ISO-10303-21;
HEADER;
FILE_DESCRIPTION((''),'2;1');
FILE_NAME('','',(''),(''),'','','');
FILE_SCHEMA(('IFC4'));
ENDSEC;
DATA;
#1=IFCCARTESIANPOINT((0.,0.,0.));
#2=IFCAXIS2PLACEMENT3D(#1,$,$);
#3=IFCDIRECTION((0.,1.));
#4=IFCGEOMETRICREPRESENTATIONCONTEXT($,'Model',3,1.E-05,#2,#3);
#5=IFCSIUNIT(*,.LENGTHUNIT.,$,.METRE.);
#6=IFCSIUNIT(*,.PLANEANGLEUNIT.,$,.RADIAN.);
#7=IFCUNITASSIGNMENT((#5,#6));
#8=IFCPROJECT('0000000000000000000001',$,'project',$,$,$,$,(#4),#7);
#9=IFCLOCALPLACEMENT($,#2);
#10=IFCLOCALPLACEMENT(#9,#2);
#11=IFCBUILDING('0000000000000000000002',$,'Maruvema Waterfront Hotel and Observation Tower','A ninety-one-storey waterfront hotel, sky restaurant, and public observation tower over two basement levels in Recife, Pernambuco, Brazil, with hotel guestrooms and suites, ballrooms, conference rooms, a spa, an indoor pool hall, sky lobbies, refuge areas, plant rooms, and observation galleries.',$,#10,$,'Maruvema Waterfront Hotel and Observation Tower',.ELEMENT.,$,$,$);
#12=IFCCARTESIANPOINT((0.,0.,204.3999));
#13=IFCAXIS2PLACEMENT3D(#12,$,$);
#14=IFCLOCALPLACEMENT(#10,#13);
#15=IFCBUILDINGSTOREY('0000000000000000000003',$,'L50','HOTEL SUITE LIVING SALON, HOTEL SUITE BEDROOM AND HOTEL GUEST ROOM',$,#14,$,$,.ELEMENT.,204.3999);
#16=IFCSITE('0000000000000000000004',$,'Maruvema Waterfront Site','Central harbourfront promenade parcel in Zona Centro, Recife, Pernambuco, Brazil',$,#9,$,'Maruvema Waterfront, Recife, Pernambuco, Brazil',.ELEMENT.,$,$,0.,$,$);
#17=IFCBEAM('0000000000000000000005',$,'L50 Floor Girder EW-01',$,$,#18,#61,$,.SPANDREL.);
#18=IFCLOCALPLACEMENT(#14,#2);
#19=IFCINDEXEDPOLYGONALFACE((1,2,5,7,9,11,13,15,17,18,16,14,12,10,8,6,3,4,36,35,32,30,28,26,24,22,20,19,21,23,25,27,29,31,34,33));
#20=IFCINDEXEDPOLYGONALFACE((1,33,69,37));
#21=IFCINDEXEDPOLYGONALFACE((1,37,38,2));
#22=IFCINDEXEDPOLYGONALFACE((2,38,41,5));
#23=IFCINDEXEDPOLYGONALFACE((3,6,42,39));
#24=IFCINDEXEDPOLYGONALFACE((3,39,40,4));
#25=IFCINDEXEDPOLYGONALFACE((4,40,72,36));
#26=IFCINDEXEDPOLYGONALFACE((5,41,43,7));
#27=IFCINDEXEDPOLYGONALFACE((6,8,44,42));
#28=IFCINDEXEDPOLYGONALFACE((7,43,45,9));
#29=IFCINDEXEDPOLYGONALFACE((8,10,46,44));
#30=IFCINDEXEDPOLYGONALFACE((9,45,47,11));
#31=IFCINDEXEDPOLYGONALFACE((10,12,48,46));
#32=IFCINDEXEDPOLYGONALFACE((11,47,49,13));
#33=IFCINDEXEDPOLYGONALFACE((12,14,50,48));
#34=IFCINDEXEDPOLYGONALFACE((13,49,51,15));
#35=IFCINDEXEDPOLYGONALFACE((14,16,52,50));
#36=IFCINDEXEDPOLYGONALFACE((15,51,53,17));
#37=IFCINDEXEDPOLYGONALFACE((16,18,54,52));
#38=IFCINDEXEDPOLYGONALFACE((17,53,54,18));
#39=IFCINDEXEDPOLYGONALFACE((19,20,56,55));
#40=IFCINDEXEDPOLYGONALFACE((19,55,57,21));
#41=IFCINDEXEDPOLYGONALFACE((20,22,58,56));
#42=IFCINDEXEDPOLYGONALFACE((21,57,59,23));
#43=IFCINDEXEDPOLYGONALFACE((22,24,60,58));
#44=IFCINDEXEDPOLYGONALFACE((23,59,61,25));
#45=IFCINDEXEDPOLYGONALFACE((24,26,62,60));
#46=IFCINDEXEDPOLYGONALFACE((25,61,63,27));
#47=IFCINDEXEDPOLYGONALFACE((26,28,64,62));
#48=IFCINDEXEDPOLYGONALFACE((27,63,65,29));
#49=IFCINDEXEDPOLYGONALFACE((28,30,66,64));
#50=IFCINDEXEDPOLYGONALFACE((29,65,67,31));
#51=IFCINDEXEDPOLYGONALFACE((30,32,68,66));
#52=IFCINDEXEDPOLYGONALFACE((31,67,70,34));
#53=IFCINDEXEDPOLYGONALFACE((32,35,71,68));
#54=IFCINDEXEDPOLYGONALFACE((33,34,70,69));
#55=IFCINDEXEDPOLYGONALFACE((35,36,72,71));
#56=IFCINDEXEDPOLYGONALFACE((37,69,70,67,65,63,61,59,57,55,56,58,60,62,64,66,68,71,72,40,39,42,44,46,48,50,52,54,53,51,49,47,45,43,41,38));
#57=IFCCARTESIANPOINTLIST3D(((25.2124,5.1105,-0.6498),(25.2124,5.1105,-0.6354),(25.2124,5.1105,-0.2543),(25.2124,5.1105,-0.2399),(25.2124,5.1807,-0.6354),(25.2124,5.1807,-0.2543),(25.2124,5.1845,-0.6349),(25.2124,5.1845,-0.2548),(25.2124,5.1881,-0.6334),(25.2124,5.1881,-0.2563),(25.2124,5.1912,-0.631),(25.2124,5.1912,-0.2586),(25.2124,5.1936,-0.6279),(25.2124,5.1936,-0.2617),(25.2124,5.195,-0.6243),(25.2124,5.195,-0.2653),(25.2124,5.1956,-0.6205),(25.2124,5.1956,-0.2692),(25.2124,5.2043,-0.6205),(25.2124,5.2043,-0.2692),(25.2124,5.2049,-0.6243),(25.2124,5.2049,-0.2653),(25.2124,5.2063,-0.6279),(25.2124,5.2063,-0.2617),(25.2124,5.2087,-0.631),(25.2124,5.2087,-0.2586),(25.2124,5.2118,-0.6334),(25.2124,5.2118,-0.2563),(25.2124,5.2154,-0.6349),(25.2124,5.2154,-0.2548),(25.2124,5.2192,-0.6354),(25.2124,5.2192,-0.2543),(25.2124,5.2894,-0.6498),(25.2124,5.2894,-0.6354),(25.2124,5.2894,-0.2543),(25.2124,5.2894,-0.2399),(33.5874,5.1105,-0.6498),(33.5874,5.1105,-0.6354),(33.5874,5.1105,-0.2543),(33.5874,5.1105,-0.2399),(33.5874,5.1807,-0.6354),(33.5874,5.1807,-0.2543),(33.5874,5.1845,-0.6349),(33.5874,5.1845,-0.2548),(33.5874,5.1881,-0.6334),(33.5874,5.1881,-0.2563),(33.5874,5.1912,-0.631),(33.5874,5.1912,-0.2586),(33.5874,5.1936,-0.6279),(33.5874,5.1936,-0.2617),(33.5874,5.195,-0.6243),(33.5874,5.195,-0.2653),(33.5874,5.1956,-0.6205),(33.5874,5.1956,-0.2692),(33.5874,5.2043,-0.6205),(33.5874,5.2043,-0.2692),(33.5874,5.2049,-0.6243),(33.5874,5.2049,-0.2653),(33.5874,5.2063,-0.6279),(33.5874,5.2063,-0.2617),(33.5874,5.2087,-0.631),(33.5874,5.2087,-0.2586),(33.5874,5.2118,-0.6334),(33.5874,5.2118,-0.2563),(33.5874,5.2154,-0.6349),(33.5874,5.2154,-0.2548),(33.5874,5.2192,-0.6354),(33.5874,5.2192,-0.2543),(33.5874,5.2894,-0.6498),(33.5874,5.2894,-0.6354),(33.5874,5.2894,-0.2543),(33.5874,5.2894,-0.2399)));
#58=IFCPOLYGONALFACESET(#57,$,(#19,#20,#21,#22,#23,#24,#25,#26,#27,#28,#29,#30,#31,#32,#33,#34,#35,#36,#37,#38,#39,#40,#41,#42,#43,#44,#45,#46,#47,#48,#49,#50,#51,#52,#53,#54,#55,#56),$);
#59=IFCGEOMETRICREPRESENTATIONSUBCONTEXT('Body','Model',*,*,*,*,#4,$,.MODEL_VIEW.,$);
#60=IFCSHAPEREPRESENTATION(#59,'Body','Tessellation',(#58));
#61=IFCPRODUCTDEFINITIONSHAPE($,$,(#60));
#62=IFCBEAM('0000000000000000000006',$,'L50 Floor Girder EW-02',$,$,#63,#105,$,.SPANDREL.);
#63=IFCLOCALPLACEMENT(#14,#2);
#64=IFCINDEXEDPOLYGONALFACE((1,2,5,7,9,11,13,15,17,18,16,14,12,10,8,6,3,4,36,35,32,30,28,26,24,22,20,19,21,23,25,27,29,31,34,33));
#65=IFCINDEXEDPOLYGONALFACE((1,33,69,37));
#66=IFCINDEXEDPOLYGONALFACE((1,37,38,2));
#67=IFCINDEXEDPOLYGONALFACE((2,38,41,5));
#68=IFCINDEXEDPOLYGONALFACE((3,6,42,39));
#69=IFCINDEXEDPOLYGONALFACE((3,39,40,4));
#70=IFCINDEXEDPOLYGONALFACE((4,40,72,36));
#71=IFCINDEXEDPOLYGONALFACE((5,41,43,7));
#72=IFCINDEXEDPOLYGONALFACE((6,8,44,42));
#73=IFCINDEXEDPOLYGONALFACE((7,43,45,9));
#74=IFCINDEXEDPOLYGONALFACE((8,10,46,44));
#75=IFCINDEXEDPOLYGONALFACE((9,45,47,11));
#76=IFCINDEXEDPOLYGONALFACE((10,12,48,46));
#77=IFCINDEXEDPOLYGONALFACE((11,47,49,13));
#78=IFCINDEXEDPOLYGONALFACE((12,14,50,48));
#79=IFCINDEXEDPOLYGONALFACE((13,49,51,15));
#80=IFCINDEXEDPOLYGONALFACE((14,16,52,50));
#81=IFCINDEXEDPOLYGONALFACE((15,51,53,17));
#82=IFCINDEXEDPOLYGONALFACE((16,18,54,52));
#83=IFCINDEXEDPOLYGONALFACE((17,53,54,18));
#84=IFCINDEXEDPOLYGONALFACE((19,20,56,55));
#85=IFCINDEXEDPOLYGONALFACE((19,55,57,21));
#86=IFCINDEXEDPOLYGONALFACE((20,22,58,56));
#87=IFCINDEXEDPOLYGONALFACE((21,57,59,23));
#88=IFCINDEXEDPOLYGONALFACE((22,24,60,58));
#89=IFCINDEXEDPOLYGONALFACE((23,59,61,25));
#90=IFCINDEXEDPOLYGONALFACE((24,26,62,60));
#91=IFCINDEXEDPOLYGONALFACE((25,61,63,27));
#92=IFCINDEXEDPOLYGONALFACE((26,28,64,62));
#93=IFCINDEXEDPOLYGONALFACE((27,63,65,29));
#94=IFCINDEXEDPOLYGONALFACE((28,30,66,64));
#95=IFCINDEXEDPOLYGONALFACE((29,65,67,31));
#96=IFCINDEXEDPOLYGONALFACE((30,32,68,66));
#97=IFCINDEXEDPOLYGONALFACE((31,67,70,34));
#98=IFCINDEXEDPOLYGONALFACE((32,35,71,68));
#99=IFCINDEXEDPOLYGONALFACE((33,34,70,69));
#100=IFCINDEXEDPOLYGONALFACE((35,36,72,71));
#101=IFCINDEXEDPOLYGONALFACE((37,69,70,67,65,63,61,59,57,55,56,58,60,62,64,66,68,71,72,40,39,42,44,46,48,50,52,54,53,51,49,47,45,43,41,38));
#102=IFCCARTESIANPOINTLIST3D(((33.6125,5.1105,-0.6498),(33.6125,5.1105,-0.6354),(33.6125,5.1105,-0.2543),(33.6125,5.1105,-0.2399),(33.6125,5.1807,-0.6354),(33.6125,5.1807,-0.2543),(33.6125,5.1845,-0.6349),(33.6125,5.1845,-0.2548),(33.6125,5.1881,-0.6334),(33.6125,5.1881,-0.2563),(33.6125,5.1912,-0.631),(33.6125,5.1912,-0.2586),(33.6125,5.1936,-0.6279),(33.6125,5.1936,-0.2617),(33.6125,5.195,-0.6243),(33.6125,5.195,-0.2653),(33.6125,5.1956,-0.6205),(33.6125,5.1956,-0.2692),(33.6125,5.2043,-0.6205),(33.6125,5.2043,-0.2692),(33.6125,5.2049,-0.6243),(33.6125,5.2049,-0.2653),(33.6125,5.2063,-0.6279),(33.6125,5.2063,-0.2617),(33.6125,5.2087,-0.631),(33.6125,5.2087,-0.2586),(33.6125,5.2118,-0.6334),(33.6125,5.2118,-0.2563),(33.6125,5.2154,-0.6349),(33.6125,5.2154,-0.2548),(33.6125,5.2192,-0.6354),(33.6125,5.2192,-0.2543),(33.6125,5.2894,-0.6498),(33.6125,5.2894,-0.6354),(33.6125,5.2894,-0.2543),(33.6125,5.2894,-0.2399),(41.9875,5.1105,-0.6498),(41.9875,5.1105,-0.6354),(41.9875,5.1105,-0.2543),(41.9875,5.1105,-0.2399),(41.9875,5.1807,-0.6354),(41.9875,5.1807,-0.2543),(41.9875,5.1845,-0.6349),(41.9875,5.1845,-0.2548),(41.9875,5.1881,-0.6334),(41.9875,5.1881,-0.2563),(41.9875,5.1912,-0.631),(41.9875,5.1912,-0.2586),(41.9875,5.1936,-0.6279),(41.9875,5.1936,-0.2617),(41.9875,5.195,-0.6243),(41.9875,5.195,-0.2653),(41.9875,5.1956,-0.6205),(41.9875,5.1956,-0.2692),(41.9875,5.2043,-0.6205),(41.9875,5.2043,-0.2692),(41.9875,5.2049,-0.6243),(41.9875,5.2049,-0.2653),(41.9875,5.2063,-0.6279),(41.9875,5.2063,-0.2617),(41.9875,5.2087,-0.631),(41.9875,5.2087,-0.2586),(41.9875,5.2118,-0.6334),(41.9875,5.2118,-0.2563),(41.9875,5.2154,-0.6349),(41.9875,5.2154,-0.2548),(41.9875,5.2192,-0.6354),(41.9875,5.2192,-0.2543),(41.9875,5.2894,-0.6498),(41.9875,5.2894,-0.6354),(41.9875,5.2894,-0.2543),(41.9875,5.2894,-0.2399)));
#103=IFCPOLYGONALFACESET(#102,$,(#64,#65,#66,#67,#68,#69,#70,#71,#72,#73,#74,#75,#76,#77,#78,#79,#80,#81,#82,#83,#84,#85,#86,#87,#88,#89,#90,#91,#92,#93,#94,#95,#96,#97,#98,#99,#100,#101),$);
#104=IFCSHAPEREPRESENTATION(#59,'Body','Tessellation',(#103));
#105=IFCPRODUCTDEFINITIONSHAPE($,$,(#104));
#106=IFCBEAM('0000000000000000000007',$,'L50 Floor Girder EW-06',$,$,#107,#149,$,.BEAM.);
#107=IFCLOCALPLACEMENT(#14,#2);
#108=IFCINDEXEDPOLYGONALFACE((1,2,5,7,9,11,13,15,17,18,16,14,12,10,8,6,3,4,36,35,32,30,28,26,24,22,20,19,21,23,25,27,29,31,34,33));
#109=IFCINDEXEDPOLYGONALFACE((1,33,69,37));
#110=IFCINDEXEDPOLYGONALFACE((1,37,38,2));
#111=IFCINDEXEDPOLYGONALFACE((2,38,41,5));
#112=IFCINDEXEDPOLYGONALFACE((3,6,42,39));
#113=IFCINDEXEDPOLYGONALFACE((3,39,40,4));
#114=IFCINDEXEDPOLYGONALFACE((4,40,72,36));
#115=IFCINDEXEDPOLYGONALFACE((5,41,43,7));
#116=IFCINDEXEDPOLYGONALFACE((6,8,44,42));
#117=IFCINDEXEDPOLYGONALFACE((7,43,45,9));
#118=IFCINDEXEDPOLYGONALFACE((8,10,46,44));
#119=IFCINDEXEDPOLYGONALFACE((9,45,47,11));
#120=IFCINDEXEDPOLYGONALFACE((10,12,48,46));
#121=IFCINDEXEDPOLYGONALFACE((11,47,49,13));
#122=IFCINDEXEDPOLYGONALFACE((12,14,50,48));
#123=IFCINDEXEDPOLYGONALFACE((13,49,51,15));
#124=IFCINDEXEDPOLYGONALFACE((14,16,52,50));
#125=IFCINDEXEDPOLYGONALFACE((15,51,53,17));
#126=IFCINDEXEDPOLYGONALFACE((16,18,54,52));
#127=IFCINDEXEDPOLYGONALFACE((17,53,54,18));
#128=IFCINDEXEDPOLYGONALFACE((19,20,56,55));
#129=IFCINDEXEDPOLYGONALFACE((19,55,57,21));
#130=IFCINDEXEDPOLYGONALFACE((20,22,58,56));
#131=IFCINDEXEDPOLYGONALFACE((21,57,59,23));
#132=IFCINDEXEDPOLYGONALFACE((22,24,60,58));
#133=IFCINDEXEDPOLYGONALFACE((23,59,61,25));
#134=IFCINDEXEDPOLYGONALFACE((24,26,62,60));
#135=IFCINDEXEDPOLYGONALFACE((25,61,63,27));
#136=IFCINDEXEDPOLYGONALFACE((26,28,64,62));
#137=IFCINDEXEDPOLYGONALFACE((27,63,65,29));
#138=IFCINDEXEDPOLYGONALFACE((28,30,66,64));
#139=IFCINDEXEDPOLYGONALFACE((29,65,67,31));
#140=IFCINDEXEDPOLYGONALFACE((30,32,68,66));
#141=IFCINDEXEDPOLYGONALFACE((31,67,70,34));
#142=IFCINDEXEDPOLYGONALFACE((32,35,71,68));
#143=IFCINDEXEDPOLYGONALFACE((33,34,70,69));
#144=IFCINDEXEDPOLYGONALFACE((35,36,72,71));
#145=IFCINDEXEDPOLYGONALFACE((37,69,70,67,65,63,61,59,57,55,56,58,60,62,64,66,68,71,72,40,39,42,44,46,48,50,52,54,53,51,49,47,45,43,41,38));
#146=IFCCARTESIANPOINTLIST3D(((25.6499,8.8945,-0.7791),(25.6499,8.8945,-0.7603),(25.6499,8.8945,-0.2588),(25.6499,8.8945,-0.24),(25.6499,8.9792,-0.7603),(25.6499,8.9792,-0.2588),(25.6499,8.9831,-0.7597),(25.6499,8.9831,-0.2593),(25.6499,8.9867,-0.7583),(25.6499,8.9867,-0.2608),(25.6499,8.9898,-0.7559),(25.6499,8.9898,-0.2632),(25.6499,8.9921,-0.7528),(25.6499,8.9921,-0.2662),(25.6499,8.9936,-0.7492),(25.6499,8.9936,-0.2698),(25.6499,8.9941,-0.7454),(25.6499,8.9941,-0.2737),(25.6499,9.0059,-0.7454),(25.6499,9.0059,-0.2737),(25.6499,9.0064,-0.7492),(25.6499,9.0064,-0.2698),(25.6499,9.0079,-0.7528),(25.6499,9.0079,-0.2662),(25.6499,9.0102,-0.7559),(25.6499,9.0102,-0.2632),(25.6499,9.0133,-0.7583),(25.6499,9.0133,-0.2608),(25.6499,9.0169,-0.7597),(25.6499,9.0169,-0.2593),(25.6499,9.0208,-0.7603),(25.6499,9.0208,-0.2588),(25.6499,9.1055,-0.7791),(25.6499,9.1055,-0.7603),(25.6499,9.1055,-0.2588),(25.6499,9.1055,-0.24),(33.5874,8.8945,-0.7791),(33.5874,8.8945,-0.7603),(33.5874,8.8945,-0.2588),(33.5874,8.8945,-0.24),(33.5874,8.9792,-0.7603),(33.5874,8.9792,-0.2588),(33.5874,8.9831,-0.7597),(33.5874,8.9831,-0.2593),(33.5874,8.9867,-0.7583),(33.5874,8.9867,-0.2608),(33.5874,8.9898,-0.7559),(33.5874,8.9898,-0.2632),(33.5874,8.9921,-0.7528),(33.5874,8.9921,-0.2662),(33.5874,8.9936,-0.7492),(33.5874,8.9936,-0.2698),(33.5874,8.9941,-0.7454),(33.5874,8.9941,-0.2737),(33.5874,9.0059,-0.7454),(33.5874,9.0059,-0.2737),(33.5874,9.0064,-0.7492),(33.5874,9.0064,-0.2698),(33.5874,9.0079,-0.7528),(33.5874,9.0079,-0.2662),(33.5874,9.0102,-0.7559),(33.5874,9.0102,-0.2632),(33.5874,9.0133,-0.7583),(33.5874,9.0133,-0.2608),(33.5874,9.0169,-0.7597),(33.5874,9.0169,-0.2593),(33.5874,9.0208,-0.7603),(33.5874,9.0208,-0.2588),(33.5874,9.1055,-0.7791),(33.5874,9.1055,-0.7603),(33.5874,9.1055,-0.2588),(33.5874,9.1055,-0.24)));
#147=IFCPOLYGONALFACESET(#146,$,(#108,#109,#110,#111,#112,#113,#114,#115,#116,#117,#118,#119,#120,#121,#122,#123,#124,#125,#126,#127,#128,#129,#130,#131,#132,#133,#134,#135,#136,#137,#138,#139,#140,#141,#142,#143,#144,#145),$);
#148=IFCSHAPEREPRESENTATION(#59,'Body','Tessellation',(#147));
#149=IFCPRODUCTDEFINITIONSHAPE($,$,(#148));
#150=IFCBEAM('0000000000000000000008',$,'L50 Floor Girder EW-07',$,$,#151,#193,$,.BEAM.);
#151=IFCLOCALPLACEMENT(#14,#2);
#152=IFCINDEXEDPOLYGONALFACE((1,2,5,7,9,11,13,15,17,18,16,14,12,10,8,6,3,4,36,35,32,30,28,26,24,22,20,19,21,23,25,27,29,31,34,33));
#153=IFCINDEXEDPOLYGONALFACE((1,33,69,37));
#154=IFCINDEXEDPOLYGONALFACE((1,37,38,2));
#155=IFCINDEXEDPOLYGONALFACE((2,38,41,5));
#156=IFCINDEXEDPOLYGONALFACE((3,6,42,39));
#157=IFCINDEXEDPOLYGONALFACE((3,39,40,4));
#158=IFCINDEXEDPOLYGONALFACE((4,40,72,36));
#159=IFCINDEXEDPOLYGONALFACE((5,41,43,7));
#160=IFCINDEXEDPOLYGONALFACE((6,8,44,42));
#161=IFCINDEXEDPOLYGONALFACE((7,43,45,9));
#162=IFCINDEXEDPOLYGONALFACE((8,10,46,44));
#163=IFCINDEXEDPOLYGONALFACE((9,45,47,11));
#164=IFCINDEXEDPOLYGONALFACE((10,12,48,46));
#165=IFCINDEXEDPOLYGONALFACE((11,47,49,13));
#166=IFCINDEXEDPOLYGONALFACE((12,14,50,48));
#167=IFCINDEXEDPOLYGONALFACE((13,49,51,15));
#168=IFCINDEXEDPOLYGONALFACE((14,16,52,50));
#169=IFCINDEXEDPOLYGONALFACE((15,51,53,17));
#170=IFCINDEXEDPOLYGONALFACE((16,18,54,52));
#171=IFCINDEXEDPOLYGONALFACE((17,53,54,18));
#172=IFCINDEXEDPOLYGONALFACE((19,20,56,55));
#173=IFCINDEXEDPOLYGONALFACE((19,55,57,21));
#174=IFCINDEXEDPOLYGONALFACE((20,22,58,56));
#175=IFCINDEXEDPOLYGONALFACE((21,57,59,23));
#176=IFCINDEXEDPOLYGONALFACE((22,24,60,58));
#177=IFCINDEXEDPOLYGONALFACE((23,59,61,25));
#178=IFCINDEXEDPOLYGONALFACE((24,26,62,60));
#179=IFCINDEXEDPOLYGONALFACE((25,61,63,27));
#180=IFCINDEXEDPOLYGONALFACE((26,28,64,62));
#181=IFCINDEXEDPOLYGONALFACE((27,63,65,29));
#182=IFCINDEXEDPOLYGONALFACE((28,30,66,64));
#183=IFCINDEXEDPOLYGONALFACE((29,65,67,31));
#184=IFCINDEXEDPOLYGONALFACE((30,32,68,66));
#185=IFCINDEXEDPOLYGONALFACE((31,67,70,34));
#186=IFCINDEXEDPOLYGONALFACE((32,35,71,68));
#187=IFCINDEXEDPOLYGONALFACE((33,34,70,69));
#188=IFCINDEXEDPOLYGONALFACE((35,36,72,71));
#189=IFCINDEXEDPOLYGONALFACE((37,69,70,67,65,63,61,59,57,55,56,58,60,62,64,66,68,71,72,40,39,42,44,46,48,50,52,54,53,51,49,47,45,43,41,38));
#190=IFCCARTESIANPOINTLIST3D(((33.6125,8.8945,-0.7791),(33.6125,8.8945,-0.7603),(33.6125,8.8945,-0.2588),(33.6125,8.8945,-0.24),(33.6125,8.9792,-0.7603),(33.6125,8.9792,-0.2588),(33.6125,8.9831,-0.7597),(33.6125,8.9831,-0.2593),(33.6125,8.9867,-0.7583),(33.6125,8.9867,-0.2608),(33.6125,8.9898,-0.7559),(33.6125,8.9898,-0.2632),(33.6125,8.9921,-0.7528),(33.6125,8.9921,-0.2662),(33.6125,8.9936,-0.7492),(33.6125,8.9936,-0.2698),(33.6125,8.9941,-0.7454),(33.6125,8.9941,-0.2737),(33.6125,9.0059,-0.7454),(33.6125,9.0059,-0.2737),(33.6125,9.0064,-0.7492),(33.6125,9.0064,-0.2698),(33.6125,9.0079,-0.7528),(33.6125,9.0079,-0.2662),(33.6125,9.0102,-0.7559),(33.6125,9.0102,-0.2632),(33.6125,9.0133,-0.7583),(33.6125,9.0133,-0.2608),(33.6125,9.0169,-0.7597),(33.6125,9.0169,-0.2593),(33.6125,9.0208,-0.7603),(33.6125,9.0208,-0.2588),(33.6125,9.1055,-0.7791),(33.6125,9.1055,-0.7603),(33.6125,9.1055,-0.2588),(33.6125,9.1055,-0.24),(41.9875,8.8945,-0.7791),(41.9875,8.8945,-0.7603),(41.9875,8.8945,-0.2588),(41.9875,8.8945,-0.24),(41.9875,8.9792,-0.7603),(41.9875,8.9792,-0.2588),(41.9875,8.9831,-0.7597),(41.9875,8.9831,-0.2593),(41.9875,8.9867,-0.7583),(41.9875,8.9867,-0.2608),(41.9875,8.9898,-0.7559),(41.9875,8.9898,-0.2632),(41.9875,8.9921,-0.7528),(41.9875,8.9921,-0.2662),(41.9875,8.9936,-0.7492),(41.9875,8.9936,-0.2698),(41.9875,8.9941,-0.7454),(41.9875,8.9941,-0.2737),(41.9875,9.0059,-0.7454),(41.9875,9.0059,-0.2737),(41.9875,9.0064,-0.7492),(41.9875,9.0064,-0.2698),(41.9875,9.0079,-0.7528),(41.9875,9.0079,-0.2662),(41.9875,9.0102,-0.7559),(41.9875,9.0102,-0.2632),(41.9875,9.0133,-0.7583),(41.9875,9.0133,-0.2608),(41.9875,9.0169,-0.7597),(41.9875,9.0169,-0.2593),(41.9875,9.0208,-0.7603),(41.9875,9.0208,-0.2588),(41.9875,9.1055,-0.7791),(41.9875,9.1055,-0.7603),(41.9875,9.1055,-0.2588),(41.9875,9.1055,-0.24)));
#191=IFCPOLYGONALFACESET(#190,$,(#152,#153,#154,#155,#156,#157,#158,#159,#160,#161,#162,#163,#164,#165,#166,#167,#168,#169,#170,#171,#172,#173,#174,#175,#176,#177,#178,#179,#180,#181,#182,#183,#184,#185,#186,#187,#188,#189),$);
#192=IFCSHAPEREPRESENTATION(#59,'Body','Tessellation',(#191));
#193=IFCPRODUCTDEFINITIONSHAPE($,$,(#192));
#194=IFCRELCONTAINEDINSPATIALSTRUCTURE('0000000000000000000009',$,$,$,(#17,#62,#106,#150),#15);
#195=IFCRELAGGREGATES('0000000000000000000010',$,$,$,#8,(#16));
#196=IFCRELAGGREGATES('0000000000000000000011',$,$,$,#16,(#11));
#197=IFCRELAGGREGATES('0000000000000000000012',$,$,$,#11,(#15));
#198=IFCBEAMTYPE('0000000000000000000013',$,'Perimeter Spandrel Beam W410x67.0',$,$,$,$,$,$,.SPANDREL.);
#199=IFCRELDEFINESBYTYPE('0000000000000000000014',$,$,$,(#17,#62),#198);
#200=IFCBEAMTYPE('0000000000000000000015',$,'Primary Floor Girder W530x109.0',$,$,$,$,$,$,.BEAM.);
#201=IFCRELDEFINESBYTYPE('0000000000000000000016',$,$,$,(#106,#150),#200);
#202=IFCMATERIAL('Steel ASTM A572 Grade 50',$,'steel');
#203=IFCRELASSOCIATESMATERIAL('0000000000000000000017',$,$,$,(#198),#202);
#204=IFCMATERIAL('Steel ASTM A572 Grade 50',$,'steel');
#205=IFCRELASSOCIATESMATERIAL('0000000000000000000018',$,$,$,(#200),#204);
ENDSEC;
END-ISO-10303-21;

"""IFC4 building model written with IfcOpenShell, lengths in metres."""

from ifc_helpers import new_model, si_unit, direction, frame, origin, origin_2d, place, context, subcontext, project, spatial, i_section, extrude, material, material_profile, profile_set, type_object, element, save


model = new_model("IFC4")

# Units and contexts
model_context = context("Model", 3, precision=1e-05, world=origin(), true_north=direction((0.0, 1.0)))
body_context = subcontext(model_context, "Body", "Model", "MODEL_VIEW")
ifc_project = project(units=[si_unit("LENGTHUNIT", "METRE"), si_unit("PLANEANGLEUNIT", "RADIAN")], contexts=[model_context])

# Site, building, storey
site_placement = place(None, origin())
site = spatial("IfcSite", under=ifc_project, at=site_placement, Name="Maruvema Waterfront Site", Description="Central harbourfront promenade parcel in Zona Centro, Recife, Pernambuco, Brazil", LongName="Maruvema Waterfront, Recife, Pernambuco, Brazil", CompositionType="ELEMENT", RefElevation=0.0)
building_placement = place(site_placement, origin())
building = spatial("IfcBuilding", under=site, at=building_placement, Name="Maruvema Waterfront Hotel and Observation Tower", Description="A ninety-one-storey waterfront hotel, sky restaurant, and public observation tower over two basement levels in Recife, Pernambuco, Brazil, with hotel guestrooms and suites, ballrooms, conference rooms, a spa, an indoor pool hall, sky lobbies, refuge areas, plant rooms, and observation galleries.", LongName="Maruvema Waterfront Hotel and Observation Tower", CompositionType="ELEMENT")
storey_placement = place(building_placement, frame((0.0, 0.0, 204.3999)))
storey = spatial("IfcBuildingStorey", under=building, at=storey_placement, Name="L50", Description="HOTEL SUITE LIVING SALON, HOTEL SUITE BEDROOM AND HOTEL GUEST ROOM", CompositionType="ELEMENT", Elevation=204.3999)

# Beams
ifc_material_1 = material(Name="Steel ASTM A572 Grade 50", Category="steel")
ifc_material_profile_1 = material_profile(ifc_material_1, i_section(OverallWidth=0.179, OverallDepth=0.4099, WebThickness=0.0088, FlangeThickness=0.0144, FilletRadius=0.0149, at=origin_2d()), Name="W410x67.0")
ifc_profile_set_1 = profile_set([ifc_material_profile_1], Name="Steel ASTM A572 Grade 50")
beam_type_1 = type_object("IfcBeamType", Name="Perimeter Spandrel Beam W410x67.0", PredefinedType="SPANDREL", material=ifc_profile_set_1)
for number, where, z_axis, x_axis, name in (
    (1, (25.2124, 5.2, -0.4448), (1.0, 0.0, 0.0), (0.0, 1.0, 0.0), "L50 Floor Girder EW-01"),
    (2, (33.6125, 5.2, -0.4448), (1.0, 0.0, 0.0), (0.0, 1.0, 0.0), "L50 Floor Girder EW-02"),
):
    element("IfcBeam", number, at=place(storey_placement, frame(where, z_axis=z_axis, x_axis=x_axis)), inside=storey, type_object=beam_type_1, Name=name, PredefinedType="SPANDREL", context=body_context, shape_type="SweptSolid", body=[
        extrude(i_section(OverallWidth=0.179, OverallDepth=0.4099, WebThickness=0.0088, FlangeThickness=0.0144, FilletRadius=0.0149, at=origin_2d()), origin(), (0.0, 0.0, 1.0), 8.375),
    ])
ifc_material_2 = material(Name="Steel ASTM A572 Grade 50", Category="steel")
ifc_material_profile_2 = material_profile(ifc_material_2, i_section(OverallWidth=0.2109, OverallDepth=0.5391, WebThickness=0.0117, FlangeThickness=0.0188, FilletRadius=0.0149, at=origin_2d()), Name="W530x109.0")
ifc_profile_set_2 = profile_set([ifc_material_profile_2], Name="Steel ASTM A572 Grade 50")
beam_type_2 = type_object("IfcBeamType", Name="Primary Floor Girder W530x109.0", PredefinedType="BEAM", material=ifc_profile_set_2)
beam_1_placement = place(storey_placement, frame((25.6499, 9.0, -0.5095), z_axis=(1.0, 0.0, 0.0), x_axis=(0.0, 1.0, 0.0)))
element("IfcBeam", 3, at=beam_1_placement, inside=storey, type_object=beam_type_2, Name="L50 Floor Girder EW-06", PredefinedType="BEAM", context=body_context, shape_type="SweptSolid", body=[
    extrude(i_section(OverallWidth=0.2109, OverallDepth=0.5391, WebThickness=0.0117, FlangeThickness=0.0188, FilletRadius=0.0149, at=origin_2d()), origin(), (0.0, 0.0, 1.0), 7.9375),
])
beam_2_placement = place(storey_placement, frame((33.6125, 9.0, -0.5095), z_axis=(1.0, 0.0, 0.0), x_axis=(0.0, 1.0, 0.0)))
element("IfcBeam", 4, at=beam_2_placement, inside=storey, type_object=beam_type_2, Name="L50 Floor Girder EW-07", PredefinedType="BEAM", context=body_context, shape_type="SweptSolid", body=[
    extrude(i_section(OverallWidth=0.2109, OverallDepth=0.5391, WebThickness=0.0117, FlangeThickness=0.0188, FilletRadius=0.0149, at=origin_2d()), origin(), (0.0, 0.0, 1.0), 8.375),
])

save(model, "model.ifc")
